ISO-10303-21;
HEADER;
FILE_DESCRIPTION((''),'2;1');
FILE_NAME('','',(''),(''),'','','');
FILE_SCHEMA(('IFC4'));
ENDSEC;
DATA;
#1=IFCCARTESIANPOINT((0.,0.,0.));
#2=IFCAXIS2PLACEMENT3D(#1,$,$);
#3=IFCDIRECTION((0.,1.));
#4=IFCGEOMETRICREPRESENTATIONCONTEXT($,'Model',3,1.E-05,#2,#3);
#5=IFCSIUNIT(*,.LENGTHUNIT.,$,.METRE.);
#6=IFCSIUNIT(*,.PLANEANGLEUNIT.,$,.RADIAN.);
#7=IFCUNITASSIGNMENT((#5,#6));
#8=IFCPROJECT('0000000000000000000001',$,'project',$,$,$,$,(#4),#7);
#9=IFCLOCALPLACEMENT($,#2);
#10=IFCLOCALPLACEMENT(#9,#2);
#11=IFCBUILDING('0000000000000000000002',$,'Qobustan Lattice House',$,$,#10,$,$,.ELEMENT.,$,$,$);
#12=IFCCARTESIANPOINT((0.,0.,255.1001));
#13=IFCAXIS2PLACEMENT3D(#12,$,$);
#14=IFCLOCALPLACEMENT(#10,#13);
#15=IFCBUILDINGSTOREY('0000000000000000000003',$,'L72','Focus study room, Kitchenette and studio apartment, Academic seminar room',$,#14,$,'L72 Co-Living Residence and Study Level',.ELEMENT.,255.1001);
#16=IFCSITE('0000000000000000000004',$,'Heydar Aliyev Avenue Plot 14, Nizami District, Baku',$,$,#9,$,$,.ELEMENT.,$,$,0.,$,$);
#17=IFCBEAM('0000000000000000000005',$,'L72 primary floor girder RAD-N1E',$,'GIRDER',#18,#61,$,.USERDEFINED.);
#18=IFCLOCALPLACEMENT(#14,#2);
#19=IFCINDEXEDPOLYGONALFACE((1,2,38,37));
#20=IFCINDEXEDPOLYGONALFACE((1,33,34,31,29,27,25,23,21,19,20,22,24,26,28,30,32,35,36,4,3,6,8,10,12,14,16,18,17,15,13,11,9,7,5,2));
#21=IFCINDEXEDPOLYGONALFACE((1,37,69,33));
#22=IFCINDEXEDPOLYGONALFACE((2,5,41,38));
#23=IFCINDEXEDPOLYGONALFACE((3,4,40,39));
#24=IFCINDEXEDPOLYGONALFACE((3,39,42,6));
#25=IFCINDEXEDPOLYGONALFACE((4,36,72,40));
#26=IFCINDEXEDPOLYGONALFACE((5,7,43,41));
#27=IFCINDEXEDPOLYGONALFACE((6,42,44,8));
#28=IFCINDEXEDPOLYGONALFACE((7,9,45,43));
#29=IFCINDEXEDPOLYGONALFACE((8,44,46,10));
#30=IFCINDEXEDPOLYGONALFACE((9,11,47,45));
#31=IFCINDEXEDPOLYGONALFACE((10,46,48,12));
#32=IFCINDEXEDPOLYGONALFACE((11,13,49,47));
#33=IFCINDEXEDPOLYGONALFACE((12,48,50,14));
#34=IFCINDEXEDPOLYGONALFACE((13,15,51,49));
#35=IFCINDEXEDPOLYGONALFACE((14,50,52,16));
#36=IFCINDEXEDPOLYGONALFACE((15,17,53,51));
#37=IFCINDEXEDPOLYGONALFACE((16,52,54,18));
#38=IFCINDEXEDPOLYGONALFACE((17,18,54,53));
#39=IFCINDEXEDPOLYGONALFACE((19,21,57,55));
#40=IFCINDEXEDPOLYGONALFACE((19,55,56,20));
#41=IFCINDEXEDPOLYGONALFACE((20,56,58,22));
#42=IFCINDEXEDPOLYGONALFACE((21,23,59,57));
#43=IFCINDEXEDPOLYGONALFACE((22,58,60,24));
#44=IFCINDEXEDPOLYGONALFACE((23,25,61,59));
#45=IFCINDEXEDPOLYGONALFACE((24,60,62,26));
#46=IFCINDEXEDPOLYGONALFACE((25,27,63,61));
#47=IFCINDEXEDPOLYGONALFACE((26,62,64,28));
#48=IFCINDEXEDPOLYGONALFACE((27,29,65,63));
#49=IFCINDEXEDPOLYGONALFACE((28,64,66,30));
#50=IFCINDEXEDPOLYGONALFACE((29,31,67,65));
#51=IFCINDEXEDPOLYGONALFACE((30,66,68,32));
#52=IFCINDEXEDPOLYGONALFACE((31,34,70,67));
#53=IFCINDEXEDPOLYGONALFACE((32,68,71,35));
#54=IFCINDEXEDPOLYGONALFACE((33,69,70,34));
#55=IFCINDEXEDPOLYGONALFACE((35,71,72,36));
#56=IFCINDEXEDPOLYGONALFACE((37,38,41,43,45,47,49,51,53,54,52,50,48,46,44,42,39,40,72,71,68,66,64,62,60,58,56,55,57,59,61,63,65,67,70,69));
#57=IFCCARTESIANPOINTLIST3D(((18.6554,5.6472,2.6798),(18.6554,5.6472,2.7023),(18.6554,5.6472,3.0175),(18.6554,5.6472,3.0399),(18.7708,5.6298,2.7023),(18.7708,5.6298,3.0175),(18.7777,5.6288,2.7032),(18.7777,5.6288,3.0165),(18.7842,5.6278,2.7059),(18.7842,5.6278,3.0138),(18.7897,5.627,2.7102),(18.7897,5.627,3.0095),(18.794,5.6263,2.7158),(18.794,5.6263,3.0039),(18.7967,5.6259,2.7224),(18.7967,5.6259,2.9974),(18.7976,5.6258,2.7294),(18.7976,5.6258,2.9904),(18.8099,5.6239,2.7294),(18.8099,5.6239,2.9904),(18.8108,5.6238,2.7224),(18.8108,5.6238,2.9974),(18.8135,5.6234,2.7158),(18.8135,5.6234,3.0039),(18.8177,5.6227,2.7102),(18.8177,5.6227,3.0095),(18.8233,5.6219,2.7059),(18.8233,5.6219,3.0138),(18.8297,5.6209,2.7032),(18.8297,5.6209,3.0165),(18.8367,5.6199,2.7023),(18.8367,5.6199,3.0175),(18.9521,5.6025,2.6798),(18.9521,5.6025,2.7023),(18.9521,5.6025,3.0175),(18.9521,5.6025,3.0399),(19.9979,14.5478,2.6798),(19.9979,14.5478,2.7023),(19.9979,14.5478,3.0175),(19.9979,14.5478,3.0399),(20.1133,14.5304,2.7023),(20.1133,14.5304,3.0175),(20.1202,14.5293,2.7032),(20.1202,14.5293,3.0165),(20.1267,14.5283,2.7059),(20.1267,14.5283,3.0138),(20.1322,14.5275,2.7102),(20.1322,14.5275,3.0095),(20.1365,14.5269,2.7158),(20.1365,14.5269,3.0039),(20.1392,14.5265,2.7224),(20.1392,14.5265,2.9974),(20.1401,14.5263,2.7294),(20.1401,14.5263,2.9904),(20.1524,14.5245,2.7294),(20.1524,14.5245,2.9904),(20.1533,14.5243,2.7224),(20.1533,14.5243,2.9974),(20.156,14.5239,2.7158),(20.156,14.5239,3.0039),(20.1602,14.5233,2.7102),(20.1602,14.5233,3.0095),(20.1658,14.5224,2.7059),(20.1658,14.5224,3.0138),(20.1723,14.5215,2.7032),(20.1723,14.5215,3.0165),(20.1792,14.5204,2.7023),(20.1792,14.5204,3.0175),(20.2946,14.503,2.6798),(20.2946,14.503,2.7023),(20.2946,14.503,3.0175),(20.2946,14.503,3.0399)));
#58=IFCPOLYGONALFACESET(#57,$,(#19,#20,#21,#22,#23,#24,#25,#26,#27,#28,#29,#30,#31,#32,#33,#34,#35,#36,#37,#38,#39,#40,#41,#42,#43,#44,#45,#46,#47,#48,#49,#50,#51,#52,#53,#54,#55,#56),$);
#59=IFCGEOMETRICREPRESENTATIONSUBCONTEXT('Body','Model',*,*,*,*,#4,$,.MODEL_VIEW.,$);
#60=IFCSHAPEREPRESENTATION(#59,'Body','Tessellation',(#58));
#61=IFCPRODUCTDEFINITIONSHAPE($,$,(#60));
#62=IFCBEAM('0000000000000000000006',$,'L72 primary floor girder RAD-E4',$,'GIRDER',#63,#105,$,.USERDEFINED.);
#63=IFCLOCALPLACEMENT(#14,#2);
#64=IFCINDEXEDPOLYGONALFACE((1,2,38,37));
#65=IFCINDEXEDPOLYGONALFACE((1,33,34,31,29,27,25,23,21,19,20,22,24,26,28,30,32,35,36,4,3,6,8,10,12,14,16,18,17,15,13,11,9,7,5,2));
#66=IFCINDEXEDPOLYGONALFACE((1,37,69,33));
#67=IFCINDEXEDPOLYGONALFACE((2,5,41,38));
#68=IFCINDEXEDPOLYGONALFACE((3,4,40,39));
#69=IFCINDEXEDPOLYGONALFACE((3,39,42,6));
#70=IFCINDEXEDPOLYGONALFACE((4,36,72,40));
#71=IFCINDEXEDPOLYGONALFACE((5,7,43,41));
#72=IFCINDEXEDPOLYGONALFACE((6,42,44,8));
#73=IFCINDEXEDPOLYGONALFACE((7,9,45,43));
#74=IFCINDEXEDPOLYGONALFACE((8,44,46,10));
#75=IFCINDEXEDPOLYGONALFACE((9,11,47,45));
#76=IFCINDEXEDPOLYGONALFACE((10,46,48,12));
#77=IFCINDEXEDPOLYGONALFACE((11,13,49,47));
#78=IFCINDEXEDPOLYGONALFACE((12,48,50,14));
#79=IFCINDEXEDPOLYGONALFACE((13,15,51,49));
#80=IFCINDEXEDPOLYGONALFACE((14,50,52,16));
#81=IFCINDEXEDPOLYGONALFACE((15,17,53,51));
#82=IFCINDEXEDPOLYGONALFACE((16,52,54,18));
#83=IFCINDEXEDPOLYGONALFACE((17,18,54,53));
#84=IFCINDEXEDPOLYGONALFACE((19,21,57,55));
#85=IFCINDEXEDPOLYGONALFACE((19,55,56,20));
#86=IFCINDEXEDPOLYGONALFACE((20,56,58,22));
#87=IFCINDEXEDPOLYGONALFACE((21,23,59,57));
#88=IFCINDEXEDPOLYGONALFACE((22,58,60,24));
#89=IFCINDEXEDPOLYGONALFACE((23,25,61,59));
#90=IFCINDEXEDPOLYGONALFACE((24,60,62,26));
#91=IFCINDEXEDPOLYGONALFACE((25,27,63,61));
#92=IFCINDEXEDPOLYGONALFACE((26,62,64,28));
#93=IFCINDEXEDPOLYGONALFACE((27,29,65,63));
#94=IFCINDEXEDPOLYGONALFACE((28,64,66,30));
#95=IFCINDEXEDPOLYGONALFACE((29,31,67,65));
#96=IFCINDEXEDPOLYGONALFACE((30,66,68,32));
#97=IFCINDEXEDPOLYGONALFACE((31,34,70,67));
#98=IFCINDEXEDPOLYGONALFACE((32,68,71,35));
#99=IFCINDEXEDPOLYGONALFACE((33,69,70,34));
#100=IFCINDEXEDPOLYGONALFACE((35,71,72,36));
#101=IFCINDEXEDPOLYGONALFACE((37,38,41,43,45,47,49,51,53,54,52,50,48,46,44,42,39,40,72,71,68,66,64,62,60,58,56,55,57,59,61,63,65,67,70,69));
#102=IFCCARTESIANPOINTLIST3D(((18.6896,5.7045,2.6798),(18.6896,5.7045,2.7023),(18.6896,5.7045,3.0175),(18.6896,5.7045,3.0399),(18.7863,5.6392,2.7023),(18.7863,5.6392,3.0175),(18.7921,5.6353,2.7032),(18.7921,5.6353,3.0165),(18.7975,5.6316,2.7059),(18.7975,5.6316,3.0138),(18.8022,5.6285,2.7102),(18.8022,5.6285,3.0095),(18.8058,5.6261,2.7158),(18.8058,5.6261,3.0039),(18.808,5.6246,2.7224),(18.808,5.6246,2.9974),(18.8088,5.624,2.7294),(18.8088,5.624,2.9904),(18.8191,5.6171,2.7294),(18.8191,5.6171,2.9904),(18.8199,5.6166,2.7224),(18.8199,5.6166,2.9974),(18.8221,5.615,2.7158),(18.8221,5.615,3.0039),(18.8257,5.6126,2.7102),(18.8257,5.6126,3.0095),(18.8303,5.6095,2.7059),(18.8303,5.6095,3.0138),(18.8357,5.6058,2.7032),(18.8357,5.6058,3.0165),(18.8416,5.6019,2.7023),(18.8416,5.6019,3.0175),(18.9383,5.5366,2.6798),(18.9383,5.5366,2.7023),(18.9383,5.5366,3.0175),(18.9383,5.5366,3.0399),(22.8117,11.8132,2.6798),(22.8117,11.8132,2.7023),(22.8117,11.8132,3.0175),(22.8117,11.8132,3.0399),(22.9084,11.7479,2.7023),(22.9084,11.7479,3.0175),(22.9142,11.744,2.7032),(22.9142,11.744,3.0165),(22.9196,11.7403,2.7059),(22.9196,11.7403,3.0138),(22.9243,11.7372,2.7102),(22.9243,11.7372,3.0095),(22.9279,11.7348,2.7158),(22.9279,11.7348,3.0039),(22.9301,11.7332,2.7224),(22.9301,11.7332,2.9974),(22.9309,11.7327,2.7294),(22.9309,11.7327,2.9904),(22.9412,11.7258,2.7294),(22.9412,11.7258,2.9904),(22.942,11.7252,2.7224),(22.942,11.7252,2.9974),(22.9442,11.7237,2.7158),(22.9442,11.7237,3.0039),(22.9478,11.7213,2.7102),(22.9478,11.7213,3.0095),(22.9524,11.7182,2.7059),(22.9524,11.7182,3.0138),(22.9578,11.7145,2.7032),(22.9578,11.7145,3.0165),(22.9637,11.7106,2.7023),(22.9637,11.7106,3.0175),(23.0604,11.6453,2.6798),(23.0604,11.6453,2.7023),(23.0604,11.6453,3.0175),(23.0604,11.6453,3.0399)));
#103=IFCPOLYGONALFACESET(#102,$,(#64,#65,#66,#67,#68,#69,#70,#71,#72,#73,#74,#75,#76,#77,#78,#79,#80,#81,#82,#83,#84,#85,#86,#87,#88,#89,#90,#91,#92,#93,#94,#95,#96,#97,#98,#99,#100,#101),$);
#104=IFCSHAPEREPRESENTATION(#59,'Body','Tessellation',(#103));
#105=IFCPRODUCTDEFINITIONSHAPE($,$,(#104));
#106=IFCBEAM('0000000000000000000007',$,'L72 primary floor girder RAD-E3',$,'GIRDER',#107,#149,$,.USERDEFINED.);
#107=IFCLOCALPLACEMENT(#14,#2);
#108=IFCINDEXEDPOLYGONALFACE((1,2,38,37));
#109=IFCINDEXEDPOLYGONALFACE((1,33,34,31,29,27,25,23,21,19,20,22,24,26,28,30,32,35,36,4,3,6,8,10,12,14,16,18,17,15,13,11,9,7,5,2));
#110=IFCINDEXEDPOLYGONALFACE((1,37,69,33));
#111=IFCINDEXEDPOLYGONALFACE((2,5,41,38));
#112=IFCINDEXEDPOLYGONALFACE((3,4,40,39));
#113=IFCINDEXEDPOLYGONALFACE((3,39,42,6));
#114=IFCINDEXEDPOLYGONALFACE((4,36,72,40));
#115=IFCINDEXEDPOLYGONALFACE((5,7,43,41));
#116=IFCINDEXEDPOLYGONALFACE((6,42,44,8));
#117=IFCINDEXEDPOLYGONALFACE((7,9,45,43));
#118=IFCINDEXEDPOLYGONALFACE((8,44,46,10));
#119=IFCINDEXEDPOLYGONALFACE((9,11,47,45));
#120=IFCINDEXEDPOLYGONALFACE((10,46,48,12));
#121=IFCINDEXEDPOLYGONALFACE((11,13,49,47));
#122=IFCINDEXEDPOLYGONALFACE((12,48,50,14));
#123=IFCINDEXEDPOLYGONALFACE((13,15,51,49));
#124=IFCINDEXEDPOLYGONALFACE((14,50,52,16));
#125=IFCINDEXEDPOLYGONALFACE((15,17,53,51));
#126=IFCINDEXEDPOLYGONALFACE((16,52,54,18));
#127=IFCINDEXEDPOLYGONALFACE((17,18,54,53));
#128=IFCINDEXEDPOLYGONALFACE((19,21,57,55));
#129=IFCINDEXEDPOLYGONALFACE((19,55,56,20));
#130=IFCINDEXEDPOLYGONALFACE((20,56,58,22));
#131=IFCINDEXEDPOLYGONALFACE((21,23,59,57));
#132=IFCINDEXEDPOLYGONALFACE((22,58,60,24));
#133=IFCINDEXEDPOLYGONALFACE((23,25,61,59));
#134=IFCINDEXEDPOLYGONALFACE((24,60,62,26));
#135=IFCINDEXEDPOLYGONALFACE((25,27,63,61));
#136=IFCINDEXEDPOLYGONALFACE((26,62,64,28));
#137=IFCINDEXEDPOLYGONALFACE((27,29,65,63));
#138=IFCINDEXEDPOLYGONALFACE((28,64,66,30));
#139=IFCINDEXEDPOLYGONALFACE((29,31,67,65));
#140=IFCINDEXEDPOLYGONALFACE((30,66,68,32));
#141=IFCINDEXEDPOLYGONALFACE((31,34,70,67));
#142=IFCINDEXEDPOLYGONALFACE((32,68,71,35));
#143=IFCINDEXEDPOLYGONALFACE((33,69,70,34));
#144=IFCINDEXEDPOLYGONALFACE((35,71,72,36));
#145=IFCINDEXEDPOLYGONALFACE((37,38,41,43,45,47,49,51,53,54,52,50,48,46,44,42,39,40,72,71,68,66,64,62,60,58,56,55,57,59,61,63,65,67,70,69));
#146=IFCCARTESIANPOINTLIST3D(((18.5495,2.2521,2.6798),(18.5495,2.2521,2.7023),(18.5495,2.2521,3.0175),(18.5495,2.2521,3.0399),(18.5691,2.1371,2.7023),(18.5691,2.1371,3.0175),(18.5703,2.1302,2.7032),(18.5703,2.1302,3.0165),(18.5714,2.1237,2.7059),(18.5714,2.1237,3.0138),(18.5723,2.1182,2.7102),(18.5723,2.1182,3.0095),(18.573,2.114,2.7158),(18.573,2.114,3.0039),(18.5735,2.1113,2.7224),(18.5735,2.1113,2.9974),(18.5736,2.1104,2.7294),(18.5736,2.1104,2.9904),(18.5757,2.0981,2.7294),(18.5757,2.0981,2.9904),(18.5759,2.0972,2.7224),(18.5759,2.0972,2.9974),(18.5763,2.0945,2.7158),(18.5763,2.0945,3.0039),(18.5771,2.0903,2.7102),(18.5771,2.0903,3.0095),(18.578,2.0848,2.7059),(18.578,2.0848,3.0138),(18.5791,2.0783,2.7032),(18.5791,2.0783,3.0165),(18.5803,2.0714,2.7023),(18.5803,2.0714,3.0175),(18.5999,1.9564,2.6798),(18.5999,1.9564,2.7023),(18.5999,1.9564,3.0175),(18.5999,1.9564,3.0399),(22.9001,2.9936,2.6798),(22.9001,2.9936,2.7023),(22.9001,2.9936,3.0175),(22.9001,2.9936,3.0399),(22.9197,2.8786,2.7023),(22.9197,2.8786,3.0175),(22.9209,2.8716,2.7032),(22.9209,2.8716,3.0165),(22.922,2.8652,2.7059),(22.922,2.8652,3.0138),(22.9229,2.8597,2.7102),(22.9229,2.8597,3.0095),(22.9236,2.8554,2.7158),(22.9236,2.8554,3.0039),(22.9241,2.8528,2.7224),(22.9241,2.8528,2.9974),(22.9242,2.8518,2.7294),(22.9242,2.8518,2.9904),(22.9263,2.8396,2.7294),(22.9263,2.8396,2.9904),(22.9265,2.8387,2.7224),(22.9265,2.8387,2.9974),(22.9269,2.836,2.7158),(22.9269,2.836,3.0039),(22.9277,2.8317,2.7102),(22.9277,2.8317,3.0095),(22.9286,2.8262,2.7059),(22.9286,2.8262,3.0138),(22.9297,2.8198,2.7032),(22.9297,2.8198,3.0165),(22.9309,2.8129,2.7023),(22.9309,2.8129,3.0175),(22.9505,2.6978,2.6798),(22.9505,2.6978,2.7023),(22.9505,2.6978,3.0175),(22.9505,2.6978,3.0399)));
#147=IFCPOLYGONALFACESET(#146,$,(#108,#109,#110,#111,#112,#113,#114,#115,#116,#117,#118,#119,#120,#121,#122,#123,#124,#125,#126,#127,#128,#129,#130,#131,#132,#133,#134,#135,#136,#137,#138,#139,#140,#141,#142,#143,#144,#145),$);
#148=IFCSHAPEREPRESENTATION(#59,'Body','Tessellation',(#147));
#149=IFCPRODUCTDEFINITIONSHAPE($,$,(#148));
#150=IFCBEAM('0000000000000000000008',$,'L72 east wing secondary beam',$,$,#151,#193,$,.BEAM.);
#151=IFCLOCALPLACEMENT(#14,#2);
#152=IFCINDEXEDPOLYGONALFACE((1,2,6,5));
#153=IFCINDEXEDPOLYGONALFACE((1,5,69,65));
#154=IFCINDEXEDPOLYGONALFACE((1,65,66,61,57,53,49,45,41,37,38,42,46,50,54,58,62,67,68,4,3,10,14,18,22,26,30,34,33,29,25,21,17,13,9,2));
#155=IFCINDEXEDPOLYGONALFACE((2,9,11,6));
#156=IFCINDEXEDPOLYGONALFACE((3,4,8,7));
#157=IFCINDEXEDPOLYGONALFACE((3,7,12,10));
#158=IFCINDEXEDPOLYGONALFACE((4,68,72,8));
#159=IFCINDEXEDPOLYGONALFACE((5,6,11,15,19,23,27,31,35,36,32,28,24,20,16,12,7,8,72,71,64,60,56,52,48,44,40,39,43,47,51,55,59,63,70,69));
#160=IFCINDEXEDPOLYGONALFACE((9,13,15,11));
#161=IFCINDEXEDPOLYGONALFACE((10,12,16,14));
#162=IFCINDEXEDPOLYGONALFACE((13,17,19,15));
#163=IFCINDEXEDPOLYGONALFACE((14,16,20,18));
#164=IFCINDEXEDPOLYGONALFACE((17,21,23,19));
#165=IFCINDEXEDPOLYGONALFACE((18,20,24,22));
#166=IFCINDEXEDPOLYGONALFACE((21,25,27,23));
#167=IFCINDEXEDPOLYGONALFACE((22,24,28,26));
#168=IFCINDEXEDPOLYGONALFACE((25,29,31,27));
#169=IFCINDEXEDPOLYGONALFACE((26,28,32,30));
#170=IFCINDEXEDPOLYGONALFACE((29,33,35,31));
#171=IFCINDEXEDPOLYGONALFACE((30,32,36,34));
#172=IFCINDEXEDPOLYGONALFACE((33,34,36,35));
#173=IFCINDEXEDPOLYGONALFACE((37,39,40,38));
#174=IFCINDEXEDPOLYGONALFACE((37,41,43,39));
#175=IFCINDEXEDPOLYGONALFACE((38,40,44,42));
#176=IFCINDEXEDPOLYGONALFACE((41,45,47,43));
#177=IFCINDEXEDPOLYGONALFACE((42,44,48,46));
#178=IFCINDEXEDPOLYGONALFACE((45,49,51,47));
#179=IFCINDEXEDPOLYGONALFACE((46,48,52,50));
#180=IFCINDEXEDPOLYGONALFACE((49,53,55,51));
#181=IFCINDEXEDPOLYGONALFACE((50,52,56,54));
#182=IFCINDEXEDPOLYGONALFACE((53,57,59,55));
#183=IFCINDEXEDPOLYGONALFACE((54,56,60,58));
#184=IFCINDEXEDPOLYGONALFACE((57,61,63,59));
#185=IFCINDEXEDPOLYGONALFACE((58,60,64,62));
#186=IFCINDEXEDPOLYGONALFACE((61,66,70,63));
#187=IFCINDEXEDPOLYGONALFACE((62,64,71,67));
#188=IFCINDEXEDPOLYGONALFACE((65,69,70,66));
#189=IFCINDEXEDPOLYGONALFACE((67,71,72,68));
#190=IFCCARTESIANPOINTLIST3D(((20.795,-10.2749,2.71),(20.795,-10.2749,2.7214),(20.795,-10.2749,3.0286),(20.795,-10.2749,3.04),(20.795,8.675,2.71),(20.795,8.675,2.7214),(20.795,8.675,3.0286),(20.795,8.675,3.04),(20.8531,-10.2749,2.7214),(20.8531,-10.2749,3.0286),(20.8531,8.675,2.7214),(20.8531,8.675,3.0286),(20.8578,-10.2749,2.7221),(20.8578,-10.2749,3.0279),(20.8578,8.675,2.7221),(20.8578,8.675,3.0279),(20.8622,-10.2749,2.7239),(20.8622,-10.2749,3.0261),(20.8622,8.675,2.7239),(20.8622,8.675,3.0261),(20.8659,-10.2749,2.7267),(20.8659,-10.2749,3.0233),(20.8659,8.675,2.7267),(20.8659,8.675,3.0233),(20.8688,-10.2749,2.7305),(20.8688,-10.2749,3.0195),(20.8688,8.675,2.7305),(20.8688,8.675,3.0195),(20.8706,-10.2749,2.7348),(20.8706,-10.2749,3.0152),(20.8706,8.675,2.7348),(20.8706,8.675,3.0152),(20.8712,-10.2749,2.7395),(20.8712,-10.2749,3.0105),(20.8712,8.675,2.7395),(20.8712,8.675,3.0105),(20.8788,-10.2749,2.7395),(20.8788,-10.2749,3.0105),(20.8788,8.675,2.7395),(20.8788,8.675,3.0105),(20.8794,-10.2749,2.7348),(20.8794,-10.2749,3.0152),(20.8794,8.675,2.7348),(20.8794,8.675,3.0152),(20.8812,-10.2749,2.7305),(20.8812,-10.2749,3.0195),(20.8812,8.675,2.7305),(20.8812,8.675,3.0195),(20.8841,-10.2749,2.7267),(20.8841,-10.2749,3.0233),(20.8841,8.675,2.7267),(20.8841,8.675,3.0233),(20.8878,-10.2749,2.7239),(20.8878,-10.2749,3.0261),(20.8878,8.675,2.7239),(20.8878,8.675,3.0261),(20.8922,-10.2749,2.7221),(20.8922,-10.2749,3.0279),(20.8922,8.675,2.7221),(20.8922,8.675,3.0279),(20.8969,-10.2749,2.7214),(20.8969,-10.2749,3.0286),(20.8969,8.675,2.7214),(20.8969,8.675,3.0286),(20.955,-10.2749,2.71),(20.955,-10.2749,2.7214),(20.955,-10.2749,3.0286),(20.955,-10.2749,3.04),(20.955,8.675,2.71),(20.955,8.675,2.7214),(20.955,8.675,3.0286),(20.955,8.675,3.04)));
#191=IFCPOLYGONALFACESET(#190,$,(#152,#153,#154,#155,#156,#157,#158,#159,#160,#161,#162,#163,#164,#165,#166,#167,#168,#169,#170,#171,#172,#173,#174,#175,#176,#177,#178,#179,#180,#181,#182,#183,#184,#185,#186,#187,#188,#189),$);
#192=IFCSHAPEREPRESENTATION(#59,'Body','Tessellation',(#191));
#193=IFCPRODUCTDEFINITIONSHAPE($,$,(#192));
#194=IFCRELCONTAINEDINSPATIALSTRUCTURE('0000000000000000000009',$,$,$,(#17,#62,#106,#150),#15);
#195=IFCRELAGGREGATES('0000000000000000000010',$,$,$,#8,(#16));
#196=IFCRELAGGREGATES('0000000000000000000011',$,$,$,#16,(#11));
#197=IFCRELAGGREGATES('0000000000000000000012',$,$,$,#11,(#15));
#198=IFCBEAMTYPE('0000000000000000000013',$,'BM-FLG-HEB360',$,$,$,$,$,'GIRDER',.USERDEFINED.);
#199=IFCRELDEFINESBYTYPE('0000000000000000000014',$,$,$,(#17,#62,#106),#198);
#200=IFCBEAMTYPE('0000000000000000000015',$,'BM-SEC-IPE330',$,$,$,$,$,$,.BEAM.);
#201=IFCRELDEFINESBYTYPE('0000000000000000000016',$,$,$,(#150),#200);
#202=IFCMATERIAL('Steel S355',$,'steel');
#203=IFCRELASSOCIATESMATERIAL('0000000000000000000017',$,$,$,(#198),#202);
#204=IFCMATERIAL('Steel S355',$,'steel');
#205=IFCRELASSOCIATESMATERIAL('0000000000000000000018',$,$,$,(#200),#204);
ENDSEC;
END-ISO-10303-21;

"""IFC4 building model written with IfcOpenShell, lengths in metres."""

from ifc_helpers import new_model, si_unit, direction, frame, origin, origin_2d, place, context, subcontext, project, spatial, i_section, extrude, material, material_profile, profile_set, type_object, element, save


model = new_model("IFC4")

# Units and contexts
model_context = context("Model", 3, precision=1e-05, world=origin(), true_north=direction((0.0, 1.0)))
body_context = subcontext(model_context, "Body", "Model", "MODEL_VIEW")
ifc_project = project(units=[si_unit("LENGTHUNIT", "METRE"), si_unit("PLANEANGLEUNIT", "RADIAN")], contexts=[model_context])

# Site, building, storey
site_placement = place(None, origin())
site = spatial("IfcSite", under=ifc_project, at=site_placement, Name="Heydar Aliyev Avenue Plot 14, Nizami District, Baku", CompositionType="ELEMENT", RefElevation=0.0)
building_placement = place(site_placement, origin())
building = spatial("IfcBuilding", under=site, at=building_placement, Name="Qobustan Lattice House", CompositionType="ELEMENT")
storey_placement = place(building_placement, frame((0.0, 0.0, 255.1001)))
storey = spatial("IfcBuildingStorey", under=building, at=storey_placement, Name="L72", Description="Focus study room, Kitchenette and studio apartment, Academic seminar room", LongName="L72 Co-Living Residence and Study Level", CompositionType="ELEMENT", Elevation=255.1001)

# Beams
ifc_material_1 = material(Name="Steel S355", Category="steel")
ifc_material_profile_1 = material_profile(ifc_material_1, i_section(OverallWidth=0.3, OverallDepth=0.3601, WebThickness=0.0125, FlangeThickness=0.0225, FilletRadius=0.0271, at=origin_2d()), Name="HEB360")
ifc_profile_set_1 = profile_set([ifc_material_profile_1], Name="Steel S355")
beam_type_1 = type_object("IfcBeamType", Name="BM-FLG-HEB360", ElementType="GIRDER", PredefinedType="USERDEFINED", material=ifc_profile_set_1)
beam_1_placement = place(storey_placement, frame((20.1462, 14.5254, 2.8599), z_axis=(-0.149148, -0.988815, 0.0), x_axis=(0.988815, -0.149148, 0.0)))
element("IfcBeam", 1, at=beam_1_placement, inside=storey, type_object=beam_type_1, Name="L72 primary floor girder RAD-N1E", ObjectType="GIRDER", PredefinedType="USERDEFINED", context=body_context, shape_type="SweptSolid", body=[
    extrude(i_section(OverallWidth=0.3, OverallDepth=0.3601, WebThickness=0.0125, FlangeThickness=0.0225, FilletRadius=0.0271, at=origin_2d()), origin(), (0.0, 0.0, 1.0), 9.0012),
])
beam_2_placement = place(storey_placement, frame((22.936, 11.7292, 2.8599), z_axis=(-0.559355, -0.828928, 0.0), x_axis=(0.828928, -0.559355, 0.0)))
element("IfcBeam", 2, at=beam_2_placement, inside=storey, type_object=beam_type_1, Name="L72 primary floor girder RAD-E4", ObjectType="GIRDER", PredefinedType="USERDEFINED", context=body_context, shape_type="SweptSolid", body=[
    extrude(i_section(OverallWidth=0.3, OverallDepth=0.3601, WebThickness=0.0125, FlangeThickness=0.0225, FilletRadius=0.0271, at=origin_2d()), origin(), (0.0, 0.0, 1.0), 7.3694),
])
beam_3_placement = place(storey_placement, frame((22.9253, 2.8457, 2.8599), z_axis=(-0.985786, -0.168004, 0.0), x_axis=(0.168004, -0.985786, 0.0)))
element("IfcBeam", 3, at=beam_3_placement, inside=storey, type_object=beam_type_1, Name="L72 primary floor girder RAD-E3", ObjectType="GIRDER", PredefinedType="USERDEFINED", context=body_context, shape_type="SweptSolid", body=[
    extrude(i_section(OverallWidth=0.3, OverallDepth=0.3601, WebThickness=0.0125, FlangeThickness=0.0225, FilletRadius=0.0271, at=origin_2d()), origin(), (0.0, 0.0, 1.0), 4.4133),
])
ifc_material_2 = material(Name="Steel S355", Category="steel")
ifc_material_profile_2 = material_profile(ifc_material_2, i_section(OverallWidth=0.1599, OverallDepth=0.3301, WebThickness=0.0076, FlangeThickness=0.0115, FilletRadius=0.0181, at=origin_2d()), Name="IPE330")
ifc_profile_set_2 = profile_set([ifc_material_profile_2], Name="Steel S355")
beam_type_2 = type_object("IfcBeamType", Name="BM-SEC-IPE330", PredefinedType="BEAM", material=ifc_profile_set_2)
beam_4_placement = place(storey_placement, frame((20.875, 8.675, 2.875), z_axis=(0.0, -1.0, 0.0), x_axis=(1.0, 0.0, 0.0)))
element("IfcBeam", 4, at=beam_4_placement, inside=storey, type_object=beam_type_2, Name="L72 east wing secondary beam", PredefinedType="BEAM", context=body_context, shape_type="SweptSolid", body=[
    extrude(i_section(OverallWidth=0.1599, OverallDepth=0.3301, WebThickness=0.0076, FlangeThickness=0.0115, FilletRadius=0.0181, at=origin_2d()), origin(), (0.0, 0.0, 1.0), 18.95),
])

save(model, "model.ifc")
